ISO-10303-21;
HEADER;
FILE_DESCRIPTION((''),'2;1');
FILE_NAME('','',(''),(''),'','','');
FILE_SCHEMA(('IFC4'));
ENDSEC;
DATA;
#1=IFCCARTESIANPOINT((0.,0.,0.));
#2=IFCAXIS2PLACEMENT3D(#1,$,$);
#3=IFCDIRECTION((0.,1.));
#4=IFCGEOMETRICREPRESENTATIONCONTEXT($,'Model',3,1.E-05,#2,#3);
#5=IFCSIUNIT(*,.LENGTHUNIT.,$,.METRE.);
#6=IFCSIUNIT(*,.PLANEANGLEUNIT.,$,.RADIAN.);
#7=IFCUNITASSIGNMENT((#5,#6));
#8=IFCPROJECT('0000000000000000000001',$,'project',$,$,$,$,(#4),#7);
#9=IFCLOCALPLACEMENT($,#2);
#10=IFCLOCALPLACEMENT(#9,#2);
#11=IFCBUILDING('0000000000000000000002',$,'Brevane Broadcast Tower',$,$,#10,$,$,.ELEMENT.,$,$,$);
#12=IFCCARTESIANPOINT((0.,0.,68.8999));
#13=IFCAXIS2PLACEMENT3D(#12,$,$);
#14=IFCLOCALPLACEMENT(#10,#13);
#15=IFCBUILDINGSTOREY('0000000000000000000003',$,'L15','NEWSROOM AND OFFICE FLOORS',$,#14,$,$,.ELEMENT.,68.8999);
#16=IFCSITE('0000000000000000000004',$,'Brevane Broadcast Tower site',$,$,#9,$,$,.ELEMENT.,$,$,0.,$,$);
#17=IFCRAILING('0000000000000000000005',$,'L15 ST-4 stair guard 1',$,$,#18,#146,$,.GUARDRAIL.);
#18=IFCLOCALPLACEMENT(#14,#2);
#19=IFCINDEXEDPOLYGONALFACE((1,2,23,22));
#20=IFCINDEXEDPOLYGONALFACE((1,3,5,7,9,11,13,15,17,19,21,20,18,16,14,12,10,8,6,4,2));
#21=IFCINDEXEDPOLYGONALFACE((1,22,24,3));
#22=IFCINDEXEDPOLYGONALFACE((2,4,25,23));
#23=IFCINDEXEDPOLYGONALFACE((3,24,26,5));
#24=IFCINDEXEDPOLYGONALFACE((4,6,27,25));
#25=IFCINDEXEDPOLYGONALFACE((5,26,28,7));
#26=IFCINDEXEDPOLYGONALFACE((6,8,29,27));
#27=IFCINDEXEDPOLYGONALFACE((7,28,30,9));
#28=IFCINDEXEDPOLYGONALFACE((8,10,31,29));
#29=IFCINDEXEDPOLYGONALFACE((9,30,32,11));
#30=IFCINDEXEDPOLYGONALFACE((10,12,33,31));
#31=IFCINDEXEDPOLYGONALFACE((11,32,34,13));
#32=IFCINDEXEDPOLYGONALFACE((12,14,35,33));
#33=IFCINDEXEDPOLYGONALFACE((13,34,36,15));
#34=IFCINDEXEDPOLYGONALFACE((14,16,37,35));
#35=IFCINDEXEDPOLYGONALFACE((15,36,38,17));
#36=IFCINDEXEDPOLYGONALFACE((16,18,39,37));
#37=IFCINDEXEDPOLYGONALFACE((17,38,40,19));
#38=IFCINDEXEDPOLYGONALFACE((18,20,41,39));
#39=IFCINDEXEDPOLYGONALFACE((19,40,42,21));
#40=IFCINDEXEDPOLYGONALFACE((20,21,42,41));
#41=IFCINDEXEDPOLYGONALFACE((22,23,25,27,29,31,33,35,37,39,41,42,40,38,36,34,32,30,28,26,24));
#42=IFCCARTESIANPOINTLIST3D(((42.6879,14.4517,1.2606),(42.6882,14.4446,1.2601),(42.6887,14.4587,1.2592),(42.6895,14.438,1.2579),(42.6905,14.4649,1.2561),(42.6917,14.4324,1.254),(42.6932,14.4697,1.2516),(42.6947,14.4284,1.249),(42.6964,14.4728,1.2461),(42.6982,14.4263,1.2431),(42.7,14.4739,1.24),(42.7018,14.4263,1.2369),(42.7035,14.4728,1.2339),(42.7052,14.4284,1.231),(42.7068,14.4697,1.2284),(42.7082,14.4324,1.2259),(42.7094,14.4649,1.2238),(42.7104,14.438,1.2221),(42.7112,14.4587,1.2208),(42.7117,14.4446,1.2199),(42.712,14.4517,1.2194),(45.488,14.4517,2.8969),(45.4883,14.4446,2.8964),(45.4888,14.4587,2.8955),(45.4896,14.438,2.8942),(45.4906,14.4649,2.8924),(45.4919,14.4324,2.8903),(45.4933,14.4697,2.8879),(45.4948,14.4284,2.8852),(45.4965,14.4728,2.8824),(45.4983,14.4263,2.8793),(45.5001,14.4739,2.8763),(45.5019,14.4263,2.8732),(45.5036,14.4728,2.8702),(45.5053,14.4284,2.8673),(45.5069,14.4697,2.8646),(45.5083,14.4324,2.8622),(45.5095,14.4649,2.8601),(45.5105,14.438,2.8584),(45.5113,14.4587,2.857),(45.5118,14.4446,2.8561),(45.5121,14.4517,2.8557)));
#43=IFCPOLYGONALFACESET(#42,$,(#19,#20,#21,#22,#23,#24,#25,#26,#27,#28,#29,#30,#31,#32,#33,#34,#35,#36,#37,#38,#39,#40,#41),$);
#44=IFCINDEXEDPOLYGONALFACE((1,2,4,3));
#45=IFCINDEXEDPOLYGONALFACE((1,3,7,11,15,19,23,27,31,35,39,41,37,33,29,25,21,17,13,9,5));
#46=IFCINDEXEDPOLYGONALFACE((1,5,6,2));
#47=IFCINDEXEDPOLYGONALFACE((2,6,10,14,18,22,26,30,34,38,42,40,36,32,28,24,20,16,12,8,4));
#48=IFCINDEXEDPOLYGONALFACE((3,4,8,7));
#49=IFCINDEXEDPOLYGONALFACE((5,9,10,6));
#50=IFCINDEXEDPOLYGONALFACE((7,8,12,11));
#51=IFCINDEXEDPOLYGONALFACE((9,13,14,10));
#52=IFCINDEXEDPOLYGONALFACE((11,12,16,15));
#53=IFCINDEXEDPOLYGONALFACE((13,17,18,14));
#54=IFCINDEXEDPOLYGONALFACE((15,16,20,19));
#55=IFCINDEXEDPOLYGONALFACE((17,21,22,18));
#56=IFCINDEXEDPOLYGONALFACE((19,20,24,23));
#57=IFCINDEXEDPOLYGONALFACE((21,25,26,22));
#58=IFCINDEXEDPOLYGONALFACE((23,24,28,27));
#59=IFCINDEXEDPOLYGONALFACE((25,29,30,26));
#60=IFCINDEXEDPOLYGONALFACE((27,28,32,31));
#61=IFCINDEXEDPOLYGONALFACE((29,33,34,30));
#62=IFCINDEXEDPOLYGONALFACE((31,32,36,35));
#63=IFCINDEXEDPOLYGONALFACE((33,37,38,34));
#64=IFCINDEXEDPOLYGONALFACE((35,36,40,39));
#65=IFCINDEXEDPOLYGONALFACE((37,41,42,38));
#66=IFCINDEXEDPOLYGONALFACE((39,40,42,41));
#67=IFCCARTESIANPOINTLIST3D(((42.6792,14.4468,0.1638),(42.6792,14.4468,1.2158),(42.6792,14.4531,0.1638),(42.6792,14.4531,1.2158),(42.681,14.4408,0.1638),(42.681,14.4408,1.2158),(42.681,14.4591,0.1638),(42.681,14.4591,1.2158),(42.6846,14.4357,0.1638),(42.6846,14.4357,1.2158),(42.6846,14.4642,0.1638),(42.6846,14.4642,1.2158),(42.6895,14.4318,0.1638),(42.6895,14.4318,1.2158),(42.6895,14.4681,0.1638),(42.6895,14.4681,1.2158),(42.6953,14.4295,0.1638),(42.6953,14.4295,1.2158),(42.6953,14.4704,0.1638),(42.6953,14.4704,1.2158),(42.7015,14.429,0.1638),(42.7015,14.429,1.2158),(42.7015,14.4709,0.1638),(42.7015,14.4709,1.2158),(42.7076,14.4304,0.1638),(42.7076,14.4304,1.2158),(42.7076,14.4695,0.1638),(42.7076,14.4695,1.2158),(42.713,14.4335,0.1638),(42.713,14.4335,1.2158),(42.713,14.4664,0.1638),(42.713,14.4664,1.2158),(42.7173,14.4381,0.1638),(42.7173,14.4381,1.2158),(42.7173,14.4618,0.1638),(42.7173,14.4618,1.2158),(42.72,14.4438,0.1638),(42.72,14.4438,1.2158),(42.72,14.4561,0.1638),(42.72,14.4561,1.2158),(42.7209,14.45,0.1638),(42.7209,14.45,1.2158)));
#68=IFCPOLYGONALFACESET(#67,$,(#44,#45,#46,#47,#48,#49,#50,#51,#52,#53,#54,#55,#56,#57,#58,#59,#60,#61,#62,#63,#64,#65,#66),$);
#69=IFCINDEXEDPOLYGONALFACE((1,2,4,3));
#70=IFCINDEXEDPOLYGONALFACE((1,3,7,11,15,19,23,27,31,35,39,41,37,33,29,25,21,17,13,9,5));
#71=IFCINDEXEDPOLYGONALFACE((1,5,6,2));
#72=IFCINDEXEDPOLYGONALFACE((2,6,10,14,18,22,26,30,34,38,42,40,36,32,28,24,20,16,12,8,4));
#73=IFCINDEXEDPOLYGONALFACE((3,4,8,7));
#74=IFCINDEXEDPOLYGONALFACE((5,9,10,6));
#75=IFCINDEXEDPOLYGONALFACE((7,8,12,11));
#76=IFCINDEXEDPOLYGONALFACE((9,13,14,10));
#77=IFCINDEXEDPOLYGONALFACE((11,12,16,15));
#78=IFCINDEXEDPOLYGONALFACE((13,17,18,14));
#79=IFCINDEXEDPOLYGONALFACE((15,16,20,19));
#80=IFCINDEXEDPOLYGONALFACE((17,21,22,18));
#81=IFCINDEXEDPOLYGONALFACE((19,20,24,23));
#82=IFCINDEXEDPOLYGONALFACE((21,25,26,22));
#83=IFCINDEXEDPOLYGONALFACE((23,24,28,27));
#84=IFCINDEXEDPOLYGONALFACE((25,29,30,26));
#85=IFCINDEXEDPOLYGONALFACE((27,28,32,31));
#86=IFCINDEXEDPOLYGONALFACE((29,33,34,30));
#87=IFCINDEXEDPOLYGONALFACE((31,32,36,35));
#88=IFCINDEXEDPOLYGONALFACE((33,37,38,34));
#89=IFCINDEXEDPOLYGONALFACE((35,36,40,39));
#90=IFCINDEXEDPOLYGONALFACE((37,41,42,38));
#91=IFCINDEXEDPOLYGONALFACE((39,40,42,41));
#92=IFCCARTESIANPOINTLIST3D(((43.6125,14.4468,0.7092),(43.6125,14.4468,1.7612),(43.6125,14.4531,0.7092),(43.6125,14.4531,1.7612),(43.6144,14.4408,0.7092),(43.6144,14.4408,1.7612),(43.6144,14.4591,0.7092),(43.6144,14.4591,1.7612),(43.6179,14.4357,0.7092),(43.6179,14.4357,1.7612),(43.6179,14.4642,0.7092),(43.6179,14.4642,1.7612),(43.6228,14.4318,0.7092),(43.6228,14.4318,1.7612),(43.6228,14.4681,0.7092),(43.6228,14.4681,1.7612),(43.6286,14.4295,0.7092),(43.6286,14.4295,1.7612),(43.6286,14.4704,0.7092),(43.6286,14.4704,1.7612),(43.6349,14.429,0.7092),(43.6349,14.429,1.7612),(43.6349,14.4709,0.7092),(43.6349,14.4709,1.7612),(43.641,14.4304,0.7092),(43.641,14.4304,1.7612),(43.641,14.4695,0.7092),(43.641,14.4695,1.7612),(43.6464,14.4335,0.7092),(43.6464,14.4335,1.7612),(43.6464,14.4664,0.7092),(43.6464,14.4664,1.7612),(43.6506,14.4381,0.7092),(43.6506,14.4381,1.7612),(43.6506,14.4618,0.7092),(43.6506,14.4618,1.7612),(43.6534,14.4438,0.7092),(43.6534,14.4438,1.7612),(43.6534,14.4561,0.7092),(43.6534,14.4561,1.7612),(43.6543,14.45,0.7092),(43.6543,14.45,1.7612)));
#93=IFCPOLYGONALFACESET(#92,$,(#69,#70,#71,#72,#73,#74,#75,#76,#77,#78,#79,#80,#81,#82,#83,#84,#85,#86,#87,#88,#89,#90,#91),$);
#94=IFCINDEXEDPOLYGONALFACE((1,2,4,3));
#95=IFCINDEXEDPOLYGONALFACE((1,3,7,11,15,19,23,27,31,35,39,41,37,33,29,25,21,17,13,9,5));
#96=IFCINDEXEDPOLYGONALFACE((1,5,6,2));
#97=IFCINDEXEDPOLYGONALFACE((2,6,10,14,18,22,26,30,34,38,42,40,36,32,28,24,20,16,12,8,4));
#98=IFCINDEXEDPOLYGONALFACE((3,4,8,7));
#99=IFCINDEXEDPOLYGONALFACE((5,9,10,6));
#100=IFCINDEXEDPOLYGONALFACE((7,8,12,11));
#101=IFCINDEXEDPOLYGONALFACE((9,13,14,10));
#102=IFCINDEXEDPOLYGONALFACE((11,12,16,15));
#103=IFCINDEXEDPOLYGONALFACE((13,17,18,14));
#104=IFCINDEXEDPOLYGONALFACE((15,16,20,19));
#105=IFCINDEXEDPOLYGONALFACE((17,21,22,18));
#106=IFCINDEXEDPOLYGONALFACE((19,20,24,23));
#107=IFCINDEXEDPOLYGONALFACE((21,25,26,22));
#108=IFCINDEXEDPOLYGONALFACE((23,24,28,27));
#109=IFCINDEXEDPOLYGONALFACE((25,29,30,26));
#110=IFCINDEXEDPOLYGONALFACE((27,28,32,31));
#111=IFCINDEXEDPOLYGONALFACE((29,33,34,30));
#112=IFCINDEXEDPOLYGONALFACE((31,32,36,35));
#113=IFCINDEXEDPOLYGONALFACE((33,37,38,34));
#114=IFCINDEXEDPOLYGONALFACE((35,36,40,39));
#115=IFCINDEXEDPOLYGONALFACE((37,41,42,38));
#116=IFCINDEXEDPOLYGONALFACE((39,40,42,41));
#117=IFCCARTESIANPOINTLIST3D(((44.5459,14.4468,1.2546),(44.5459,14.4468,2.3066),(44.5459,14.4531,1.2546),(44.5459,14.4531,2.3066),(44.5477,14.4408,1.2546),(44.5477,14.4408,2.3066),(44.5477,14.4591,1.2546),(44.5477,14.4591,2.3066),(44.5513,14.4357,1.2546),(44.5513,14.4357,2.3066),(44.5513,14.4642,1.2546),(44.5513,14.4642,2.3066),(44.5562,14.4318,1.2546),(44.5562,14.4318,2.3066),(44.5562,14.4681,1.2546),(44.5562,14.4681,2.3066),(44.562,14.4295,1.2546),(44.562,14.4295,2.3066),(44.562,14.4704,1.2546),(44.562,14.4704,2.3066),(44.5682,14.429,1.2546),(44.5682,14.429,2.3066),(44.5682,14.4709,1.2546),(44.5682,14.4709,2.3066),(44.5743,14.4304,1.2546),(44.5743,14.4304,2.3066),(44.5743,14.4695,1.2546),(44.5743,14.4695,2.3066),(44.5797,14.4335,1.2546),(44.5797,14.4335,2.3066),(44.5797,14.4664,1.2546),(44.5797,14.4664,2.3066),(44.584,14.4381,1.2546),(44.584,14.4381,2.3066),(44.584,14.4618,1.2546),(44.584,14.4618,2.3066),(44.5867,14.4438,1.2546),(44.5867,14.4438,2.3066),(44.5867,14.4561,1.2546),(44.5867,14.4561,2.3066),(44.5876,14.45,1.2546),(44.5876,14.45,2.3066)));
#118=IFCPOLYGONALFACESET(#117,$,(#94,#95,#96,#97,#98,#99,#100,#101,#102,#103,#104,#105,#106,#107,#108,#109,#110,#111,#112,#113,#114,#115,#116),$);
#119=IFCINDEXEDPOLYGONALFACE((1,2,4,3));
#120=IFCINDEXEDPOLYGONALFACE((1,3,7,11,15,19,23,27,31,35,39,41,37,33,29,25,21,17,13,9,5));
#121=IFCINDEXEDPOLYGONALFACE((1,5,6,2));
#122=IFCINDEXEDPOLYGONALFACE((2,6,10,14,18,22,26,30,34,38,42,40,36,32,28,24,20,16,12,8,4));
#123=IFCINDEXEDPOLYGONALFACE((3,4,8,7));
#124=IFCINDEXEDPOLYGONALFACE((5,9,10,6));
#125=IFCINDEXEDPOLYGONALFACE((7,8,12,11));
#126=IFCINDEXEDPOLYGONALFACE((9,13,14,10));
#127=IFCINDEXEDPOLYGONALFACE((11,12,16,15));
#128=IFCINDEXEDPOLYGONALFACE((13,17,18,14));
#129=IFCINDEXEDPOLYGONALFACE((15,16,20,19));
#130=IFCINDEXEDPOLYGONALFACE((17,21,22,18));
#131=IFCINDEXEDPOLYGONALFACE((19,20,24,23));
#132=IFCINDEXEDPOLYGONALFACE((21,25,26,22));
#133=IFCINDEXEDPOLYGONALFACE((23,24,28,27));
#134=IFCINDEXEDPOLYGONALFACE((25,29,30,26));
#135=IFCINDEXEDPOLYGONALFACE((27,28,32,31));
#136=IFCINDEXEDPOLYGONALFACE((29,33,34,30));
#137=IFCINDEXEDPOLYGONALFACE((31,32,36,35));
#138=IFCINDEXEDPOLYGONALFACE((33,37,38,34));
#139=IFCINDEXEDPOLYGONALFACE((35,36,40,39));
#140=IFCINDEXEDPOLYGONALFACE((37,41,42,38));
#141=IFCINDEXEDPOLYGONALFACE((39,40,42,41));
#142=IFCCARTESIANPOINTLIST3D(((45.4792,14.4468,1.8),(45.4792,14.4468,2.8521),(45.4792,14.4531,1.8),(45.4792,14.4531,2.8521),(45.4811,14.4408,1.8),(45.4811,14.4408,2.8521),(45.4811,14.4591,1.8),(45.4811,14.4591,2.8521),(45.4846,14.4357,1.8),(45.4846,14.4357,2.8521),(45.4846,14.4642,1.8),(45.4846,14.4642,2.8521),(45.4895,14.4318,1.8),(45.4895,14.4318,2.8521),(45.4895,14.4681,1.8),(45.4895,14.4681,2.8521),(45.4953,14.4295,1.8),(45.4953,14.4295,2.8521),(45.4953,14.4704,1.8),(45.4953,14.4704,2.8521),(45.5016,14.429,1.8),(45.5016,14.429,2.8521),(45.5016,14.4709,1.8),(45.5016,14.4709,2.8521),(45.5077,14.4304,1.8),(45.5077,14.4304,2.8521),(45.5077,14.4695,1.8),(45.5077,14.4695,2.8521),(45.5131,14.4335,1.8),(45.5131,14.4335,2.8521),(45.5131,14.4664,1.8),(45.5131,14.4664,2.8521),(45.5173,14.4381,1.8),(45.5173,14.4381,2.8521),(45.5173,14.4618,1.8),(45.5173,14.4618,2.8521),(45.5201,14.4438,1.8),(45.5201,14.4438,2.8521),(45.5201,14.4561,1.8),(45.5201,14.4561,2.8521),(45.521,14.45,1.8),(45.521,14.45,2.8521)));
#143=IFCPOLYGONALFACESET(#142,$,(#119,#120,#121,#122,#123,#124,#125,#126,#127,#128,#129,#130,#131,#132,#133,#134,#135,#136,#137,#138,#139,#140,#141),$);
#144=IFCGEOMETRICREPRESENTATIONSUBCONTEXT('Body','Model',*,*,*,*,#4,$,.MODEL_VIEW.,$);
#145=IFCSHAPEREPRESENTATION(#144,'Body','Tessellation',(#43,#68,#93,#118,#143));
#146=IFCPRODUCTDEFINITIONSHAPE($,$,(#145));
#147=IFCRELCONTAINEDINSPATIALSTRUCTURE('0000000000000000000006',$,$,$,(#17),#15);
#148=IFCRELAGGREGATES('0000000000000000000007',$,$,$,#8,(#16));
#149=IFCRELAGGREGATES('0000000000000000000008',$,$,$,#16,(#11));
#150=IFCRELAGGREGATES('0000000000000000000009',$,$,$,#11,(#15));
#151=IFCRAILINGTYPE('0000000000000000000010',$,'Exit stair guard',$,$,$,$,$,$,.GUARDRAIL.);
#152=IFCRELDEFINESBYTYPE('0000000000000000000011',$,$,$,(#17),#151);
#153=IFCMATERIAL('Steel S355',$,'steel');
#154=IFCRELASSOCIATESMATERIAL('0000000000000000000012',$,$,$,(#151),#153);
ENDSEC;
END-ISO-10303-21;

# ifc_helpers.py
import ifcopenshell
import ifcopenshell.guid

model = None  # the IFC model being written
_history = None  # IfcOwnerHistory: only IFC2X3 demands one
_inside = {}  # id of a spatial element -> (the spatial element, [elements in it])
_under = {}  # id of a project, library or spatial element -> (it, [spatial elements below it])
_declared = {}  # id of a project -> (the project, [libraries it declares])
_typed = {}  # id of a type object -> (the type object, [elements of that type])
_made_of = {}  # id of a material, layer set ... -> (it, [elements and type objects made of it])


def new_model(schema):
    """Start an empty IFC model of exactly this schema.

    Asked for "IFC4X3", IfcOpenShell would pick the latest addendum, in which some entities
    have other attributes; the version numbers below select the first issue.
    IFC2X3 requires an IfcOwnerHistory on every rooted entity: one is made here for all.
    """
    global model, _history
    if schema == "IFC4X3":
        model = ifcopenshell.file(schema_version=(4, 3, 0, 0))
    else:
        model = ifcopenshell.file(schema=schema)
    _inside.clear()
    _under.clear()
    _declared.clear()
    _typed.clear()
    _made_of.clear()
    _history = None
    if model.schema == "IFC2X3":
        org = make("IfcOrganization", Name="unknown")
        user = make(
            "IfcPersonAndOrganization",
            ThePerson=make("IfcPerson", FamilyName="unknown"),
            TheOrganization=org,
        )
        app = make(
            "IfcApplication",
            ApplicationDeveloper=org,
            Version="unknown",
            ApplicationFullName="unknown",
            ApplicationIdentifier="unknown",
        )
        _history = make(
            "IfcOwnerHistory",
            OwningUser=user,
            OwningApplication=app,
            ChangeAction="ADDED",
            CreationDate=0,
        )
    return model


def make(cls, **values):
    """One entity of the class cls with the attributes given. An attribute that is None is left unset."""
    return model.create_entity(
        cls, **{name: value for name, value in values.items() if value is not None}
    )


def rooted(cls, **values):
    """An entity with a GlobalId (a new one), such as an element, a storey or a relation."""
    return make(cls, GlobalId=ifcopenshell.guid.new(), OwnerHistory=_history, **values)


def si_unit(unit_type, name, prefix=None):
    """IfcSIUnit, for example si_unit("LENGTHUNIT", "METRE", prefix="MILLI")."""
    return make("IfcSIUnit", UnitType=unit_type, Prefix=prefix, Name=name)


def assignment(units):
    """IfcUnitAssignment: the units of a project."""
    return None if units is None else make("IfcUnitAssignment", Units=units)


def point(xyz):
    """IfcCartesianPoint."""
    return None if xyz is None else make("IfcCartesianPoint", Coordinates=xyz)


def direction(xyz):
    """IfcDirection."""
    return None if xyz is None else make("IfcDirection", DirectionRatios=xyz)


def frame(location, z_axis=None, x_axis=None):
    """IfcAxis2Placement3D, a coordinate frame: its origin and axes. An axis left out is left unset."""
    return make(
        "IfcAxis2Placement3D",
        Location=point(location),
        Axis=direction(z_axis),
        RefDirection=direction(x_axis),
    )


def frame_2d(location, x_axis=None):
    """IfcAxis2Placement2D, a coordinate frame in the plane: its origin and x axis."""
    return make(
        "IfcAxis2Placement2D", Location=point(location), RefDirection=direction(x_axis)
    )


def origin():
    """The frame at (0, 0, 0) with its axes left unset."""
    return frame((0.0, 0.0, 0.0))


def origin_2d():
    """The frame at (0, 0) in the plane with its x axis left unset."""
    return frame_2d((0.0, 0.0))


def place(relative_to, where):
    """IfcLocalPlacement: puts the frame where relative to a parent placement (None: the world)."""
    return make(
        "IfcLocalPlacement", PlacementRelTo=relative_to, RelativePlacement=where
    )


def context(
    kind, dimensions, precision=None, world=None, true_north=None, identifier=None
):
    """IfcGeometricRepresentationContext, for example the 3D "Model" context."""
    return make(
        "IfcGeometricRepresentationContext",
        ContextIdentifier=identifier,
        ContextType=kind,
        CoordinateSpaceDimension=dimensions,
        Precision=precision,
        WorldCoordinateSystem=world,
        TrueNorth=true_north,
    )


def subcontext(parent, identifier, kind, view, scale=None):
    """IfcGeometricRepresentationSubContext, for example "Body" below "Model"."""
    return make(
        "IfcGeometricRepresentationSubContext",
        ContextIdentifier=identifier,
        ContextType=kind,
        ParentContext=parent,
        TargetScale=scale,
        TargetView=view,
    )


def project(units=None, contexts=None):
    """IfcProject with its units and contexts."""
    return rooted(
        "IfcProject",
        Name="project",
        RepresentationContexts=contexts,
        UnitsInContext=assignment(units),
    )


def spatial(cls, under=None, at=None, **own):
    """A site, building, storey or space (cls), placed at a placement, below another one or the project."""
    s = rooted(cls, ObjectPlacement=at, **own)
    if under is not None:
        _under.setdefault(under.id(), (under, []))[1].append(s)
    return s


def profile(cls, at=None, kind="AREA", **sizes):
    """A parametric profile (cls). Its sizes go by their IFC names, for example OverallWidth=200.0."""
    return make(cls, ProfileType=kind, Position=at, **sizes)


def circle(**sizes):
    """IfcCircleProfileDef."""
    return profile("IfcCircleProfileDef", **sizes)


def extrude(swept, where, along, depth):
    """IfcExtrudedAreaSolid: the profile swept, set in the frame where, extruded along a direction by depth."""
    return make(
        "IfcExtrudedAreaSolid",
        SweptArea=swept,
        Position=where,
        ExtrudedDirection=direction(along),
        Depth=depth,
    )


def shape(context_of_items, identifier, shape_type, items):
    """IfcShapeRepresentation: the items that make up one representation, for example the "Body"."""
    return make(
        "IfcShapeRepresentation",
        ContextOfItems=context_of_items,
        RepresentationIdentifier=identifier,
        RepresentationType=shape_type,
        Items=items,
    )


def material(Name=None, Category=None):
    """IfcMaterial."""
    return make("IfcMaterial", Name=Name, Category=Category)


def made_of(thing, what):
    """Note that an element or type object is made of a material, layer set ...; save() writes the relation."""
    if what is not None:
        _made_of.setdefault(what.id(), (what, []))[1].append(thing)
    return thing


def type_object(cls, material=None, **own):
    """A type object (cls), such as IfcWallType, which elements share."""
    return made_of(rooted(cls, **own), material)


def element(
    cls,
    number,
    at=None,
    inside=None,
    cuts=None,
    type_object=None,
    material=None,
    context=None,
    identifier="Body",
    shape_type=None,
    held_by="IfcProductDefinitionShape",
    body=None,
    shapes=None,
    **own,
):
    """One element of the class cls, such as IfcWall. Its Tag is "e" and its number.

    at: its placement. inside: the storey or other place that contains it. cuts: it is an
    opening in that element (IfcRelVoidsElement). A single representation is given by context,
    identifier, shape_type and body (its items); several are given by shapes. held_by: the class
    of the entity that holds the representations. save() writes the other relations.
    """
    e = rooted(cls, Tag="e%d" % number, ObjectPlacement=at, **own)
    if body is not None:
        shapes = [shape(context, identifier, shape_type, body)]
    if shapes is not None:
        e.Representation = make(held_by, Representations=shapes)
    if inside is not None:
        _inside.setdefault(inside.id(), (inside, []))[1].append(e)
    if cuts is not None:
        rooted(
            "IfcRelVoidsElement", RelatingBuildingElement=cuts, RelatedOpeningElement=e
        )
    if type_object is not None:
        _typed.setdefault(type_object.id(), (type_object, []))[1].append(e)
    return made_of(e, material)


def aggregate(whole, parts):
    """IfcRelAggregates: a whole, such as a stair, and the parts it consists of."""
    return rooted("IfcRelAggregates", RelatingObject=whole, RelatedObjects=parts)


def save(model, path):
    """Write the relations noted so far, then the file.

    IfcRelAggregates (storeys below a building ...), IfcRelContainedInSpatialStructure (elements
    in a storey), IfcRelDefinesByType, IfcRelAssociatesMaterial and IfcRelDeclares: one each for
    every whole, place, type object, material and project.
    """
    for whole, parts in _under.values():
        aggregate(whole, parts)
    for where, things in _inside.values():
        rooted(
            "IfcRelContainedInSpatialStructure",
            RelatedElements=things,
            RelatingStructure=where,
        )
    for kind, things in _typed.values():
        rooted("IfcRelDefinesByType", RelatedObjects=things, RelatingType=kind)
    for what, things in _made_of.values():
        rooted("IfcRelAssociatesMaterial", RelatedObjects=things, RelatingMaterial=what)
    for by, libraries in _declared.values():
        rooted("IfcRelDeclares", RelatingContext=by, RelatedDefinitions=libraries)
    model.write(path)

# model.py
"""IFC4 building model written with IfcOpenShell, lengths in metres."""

from ifc_helpers import new_model, si_unit, direction, frame, origin, origin_2d, place, context, subcontext, project, spatial, circle, extrude, material, type_object, element, save


model = new_model("IFC4")

# Units and contexts
model_context = context("Model", 3, precision=1e-05, world=origin(), true_north=direction((0.0, 1.0)))
body_context = subcontext(model_context, "Body", "Model", "MODEL_VIEW")
ifc_project = project(units=[si_unit("LENGTHUNIT", "METRE"), si_unit("PLANEANGLEUNIT", "RADIAN")], contexts=[model_context])

# Site, building, storey
site_placement = place(None, origin())
site = spatial("IfcSite", under=ifc_project, at=site_placement, Name="Brevane Broadcast Tower site", CompositionType="ELEMENT", RefElevation=0.0)
building_placement = place(site_placement, origin())
building = spatial("IfcBuilding", under=site, at=building_placement, Name="Brevane Broadcast Tower", CompositionType="ELEMENT")
storey_placement = place(building_placement, frame((0.0, 0.0, 68.8999)))
storey = spatial("IfcBuildingStorey", under=building, at=storey_placement, Name="L15", Description="NEWSROOM AND OFFICE FLOORS", CompositionType="ELEMENT", Elevation=68.8999)

# Railing
ifc_material_1 = material(Name="Steel S355", Category="steel")
railing_type_1 = type_object("IfcRailingType", Name="Exit stair guard", PredefinedType="GUARDRAIL", material=ifc_material_1)
railing_1_placement = place(storey_placement, frame((42.7, 14.45, 0.1638)))
element("IfcRailing", 1, at=railing_1_placement, inside=storey, type_object=railing_type_1, Name="L15 ST-4 stair guard 1", PredefinedType="GUARDRAIL", context=body_context, shape_type="SweptSolid", body=[
    extrude(circle(Radius=0.0239, at=origin_2d()), frame((0.0, 0.0, 1.0762), z_axis=(0.863394, 0.0, 0.504531), x_axis=(0.0, 1.0, 0.0)), (0.0, 0.0, 1.0), 3.2432),
    extrude(circle(Radius=0.021, at=origin_2d()), origin(), (0.0, 0.0, 1.0), 1.052),
    extrude(circle(Radius=0.021, at=origin_2d()), frame((0.9333, 0.0, 0.5454)), (0.0, 0.0, 1.0), 1.052),
    extrude(circle(Radius=0.021, at=origin_2d()), frame((1.8667, 0.0, 1.0908)), (0.0, 0.0, 1.0), 1.052),
    extrude(circle(Radius=0.021, at=origin_2d()), frame((2.8, 0.0, 1.6362)), (0.0, 0.0, 1.0), 1.052),
])

save(model, "model.ifc")
